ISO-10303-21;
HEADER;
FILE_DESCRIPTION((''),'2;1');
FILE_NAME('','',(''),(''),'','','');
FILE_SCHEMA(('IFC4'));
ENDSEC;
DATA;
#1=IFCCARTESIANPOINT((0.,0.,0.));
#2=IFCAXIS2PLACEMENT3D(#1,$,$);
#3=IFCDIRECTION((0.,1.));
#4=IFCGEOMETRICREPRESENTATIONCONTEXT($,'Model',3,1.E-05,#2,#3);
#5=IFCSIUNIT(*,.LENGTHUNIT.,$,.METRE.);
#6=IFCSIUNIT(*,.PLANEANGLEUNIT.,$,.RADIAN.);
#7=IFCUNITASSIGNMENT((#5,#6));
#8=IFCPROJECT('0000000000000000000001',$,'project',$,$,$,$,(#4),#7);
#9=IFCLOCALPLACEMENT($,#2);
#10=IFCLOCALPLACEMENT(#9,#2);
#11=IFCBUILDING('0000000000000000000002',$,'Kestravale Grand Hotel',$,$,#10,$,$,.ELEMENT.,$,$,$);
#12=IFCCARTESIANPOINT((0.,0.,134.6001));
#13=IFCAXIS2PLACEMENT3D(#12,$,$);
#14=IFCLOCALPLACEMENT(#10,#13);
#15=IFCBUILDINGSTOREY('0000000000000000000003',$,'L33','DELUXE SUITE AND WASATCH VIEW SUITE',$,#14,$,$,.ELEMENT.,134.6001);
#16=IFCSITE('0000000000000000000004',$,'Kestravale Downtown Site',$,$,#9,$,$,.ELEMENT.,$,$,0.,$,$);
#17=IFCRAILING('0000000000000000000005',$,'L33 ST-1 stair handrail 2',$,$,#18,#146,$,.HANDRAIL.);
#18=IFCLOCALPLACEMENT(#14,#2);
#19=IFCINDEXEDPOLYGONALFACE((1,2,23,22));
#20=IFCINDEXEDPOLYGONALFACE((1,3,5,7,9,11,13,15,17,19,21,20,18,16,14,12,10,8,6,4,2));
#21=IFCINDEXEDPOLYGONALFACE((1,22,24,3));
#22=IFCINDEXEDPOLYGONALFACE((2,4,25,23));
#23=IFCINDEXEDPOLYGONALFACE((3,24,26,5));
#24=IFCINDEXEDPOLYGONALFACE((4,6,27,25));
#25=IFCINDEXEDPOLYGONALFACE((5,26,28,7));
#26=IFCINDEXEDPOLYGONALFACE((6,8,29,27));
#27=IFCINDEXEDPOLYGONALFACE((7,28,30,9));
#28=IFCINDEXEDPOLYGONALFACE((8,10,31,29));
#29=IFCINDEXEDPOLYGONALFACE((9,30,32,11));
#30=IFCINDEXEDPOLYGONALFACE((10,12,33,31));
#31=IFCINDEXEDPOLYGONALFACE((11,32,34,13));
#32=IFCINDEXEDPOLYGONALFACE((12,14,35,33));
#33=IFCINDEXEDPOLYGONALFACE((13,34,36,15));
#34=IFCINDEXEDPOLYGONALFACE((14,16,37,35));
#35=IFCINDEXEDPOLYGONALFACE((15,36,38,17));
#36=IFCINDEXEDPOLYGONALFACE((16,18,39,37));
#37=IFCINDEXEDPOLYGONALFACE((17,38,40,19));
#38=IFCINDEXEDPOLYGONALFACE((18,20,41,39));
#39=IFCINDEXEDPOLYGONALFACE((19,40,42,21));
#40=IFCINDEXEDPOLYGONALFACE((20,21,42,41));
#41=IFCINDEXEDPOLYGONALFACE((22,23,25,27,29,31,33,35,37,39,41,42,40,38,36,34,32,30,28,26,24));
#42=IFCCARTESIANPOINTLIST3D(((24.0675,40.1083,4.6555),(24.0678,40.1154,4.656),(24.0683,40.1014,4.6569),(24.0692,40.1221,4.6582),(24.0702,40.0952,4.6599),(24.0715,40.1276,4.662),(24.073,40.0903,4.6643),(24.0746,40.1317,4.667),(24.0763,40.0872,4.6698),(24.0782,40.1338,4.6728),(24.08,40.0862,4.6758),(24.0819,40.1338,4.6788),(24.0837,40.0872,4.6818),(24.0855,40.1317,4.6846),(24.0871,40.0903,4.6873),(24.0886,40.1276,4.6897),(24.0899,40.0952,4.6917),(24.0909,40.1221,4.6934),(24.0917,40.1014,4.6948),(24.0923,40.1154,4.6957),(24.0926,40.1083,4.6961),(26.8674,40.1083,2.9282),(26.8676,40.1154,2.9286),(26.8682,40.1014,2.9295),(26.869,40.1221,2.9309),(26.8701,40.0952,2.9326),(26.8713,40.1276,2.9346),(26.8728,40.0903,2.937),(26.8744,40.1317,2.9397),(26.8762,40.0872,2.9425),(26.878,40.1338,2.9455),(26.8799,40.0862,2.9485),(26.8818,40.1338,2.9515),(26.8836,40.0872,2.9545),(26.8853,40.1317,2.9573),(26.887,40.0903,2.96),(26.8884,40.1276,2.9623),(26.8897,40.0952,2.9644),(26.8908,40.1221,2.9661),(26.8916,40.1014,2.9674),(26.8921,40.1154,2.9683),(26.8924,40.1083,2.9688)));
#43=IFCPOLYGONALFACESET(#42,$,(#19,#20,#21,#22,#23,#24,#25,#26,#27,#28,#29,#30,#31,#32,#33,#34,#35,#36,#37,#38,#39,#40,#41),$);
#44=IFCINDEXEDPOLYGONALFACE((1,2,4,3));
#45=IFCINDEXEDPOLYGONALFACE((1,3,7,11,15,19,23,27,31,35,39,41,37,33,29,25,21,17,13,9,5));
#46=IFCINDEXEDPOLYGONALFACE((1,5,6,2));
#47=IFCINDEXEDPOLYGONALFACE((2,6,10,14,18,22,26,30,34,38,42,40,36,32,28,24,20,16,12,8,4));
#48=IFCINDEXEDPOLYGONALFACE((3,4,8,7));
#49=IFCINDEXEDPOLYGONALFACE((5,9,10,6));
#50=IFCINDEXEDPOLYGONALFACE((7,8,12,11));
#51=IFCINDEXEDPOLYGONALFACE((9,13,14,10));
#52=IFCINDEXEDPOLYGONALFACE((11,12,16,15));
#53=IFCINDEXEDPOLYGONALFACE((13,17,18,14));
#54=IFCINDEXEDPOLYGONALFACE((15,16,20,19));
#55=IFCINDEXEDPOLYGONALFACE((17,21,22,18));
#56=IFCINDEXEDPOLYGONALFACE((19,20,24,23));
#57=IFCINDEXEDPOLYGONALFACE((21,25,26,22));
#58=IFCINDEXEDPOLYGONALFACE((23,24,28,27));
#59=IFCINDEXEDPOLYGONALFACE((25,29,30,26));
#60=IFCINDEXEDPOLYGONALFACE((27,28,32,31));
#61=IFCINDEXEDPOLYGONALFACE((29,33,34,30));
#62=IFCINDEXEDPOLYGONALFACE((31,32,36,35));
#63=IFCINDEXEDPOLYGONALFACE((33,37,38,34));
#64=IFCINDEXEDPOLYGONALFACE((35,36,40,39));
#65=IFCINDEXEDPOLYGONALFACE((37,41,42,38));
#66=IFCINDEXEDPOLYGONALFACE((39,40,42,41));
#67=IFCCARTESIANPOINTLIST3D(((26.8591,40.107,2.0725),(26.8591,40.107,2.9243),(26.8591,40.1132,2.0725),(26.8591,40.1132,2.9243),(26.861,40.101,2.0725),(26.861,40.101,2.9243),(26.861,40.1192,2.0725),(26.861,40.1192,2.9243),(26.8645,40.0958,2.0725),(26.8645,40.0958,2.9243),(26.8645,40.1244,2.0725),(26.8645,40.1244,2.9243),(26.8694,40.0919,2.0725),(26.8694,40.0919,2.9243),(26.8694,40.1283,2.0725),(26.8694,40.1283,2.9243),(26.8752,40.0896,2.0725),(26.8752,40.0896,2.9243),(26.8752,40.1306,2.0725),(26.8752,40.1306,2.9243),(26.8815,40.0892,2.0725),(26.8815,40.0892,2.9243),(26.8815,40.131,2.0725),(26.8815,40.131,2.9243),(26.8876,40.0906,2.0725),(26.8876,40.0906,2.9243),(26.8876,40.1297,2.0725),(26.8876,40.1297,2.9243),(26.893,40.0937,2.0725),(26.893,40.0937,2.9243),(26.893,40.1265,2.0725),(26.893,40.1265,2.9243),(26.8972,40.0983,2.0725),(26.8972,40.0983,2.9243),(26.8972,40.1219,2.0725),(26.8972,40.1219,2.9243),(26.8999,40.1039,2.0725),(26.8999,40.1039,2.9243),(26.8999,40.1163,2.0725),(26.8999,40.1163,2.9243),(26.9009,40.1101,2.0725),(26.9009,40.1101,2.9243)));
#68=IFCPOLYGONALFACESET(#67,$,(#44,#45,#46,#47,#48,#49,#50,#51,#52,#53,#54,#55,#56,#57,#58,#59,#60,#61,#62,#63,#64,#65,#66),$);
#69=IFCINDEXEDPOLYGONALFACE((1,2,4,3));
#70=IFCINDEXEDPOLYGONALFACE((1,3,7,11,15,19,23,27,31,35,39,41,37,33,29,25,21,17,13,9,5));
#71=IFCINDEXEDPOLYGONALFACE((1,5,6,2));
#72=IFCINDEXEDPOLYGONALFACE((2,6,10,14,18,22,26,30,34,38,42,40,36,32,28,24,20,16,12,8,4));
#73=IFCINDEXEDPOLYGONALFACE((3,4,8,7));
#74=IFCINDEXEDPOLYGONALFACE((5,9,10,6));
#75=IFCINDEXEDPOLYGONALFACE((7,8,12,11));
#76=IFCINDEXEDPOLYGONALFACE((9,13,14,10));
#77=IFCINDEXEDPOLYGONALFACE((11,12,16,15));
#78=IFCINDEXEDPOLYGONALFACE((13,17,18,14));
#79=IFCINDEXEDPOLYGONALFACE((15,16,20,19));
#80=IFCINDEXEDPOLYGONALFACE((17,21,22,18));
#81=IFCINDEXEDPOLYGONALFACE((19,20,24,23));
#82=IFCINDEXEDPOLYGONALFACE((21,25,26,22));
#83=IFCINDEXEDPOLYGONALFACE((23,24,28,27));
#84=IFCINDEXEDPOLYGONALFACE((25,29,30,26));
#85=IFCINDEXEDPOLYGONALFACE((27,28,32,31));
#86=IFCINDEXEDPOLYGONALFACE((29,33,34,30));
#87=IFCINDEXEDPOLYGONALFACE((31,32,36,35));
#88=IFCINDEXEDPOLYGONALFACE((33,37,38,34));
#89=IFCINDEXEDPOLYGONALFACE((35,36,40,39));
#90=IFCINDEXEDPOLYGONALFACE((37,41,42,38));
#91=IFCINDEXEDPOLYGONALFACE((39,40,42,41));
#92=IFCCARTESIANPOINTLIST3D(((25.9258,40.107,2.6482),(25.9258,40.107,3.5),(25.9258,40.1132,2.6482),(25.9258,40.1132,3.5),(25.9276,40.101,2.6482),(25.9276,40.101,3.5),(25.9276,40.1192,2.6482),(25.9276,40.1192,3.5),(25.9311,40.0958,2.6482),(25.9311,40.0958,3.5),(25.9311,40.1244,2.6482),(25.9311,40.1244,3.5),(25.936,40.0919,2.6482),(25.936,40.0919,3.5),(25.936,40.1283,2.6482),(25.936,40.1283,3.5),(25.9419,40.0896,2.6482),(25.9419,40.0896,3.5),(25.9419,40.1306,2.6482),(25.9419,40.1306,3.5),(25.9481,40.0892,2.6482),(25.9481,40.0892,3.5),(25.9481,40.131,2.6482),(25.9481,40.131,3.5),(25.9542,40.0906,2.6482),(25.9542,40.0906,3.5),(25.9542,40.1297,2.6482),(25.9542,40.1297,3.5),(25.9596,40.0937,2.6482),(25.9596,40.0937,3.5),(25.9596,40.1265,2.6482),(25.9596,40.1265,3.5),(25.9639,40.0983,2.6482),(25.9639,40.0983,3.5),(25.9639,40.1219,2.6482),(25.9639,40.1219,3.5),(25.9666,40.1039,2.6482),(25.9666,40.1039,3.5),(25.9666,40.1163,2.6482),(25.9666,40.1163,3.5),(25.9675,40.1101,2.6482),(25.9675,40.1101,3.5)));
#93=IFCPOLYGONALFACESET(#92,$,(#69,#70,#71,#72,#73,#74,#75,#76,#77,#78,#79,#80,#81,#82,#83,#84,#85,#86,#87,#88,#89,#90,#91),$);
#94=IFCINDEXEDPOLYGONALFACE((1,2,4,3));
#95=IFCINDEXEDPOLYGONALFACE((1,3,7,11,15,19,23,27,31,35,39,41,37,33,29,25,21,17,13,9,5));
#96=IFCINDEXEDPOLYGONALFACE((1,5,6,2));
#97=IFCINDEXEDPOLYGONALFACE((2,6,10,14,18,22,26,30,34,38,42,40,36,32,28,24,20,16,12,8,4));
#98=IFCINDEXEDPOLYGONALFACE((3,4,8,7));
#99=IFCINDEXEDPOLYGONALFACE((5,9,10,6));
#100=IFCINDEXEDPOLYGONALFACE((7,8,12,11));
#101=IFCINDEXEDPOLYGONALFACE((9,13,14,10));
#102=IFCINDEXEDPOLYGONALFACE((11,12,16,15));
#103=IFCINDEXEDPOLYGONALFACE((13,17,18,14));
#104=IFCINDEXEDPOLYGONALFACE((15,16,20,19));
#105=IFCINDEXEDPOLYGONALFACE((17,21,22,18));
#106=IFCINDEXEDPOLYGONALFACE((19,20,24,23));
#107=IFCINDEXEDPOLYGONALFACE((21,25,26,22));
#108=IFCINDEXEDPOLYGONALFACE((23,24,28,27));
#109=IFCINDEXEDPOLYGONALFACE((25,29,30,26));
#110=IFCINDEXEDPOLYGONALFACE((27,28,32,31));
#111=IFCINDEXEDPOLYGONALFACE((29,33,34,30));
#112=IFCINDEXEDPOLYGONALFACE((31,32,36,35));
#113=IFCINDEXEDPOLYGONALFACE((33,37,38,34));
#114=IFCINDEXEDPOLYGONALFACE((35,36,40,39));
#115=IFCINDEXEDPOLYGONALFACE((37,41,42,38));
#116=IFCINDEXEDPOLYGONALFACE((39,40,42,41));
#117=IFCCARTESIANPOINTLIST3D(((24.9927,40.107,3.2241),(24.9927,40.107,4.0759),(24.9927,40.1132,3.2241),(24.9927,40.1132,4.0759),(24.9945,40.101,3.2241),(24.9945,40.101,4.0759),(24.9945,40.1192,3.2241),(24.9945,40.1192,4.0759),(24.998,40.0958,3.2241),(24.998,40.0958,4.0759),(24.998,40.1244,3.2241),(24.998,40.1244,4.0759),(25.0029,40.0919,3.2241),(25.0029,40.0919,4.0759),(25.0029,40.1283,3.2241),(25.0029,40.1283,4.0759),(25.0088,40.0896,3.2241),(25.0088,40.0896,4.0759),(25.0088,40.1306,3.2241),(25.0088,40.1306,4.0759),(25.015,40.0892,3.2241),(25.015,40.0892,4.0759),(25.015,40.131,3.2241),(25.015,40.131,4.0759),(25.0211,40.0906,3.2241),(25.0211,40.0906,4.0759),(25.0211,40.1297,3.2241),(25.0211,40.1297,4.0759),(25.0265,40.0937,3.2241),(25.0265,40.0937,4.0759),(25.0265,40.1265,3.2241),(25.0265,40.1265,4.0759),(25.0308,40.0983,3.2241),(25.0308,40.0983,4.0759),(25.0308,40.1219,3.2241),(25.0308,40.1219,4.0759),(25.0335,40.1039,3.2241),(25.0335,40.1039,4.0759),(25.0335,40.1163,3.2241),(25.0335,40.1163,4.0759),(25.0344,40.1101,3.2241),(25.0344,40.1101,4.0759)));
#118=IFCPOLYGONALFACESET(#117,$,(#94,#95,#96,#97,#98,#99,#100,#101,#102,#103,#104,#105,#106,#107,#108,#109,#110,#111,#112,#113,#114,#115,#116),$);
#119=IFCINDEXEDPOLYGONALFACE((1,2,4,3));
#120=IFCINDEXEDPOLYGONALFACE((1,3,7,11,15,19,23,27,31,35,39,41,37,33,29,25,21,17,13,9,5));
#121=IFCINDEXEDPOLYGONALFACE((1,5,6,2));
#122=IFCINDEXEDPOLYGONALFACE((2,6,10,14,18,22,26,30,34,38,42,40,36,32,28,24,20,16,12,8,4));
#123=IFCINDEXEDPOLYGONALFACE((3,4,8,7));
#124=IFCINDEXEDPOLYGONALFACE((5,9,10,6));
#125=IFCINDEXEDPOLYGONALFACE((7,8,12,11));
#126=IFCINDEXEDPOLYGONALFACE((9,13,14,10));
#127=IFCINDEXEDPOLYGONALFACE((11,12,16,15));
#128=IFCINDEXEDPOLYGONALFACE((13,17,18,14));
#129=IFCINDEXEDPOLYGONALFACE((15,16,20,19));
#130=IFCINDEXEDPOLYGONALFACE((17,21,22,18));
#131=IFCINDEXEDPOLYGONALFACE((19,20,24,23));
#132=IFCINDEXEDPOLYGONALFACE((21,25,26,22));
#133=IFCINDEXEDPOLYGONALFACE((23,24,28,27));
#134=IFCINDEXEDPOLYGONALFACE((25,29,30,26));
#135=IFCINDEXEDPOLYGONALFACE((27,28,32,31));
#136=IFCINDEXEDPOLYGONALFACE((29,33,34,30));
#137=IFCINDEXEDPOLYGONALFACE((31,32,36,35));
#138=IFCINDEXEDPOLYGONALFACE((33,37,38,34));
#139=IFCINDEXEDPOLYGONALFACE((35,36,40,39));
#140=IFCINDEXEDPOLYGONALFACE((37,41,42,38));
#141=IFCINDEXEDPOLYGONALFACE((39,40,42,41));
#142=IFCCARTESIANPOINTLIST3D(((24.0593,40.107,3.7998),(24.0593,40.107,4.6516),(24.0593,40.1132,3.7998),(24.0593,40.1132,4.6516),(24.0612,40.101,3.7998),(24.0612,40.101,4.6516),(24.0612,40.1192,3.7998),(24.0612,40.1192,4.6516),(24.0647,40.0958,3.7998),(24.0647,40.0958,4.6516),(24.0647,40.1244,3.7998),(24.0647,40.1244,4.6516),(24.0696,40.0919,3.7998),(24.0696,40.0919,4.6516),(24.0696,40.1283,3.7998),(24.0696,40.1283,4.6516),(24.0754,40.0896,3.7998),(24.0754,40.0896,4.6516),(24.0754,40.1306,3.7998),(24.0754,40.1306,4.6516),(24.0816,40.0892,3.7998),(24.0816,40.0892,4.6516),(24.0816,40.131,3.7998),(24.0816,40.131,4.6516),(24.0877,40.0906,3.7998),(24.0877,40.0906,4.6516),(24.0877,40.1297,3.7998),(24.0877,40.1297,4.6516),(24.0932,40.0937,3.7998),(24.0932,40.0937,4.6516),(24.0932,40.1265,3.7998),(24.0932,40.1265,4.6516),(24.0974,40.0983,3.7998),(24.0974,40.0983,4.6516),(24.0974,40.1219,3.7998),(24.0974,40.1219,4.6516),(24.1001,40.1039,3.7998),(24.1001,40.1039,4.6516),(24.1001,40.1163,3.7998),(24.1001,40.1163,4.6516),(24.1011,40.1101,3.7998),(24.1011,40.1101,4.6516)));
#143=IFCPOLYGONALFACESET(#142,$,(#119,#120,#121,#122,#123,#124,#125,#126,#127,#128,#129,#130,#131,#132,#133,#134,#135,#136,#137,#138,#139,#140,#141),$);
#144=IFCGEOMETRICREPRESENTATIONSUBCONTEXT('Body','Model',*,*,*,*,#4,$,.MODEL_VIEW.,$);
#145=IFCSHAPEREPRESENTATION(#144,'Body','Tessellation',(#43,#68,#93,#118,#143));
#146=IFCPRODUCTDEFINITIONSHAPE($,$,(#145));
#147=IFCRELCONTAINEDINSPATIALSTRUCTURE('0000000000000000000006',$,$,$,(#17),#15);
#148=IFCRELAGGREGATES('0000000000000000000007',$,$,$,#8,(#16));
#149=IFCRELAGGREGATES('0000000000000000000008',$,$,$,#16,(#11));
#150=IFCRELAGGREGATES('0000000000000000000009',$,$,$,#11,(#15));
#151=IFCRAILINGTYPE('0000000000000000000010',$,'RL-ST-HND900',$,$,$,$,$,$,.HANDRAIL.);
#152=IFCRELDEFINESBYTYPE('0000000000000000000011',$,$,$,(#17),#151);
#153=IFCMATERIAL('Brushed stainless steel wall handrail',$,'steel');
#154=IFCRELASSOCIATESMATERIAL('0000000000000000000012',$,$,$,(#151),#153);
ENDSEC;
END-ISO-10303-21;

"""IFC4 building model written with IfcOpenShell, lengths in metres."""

from ifc_helpers import new_model, si_unit, direction, frame, origin, origin_2d, place, context, subcontext, project, spatial, circle, extrude, material, type_object, element, save


model = new_model("IFC4")

# Units and contexts
model_context = context("Model", 3, precision=1e-05, world=origin(), true_north=direction((0.0, 1.0)))
body_context = subcontext(model_context, "Body", "Model", "MODEL_VIEW")
ifc_project = project(units=[si_unit("LENGTHUNIT", "METRE"), si_unit("PLANEANGLEUNIT", "RADIAN")], contexts=[model_context])

# Site, building, storey
site_placement = place(None, origin())
site = spatial("IfcSite", under=ifc_project, at=site_placement, Name="Kestravale Downtown Site", CompositionType="ELEMENT", RefElevation=0.0)
building_placement = place(site_placement, origin())
building = spatial("IfcBuilding", under=site, at=building_placement, Name="Kestravale Grand Hotel", CompositionType="ELEMENT")
storey_placement = place(building_placement, frame((0.0, 0.0, 134.6001)))
storey = spatial("IfcBuildingStorey", under=building, at=storey_placement, Name="L33", Description="DELUXE SUITE AND WASATCH VIEW SUITE", CompositionType="ELEMENT", Elevation=134.6001)

# Railing
ifc_material_1 = material(Name="Brushed stainless steel wall handrail", Category="steel")
railing_type_1 = type_object("IfcRailingType", Name="RL-ST-HND900", PredefinedType="HANDRAIL", material=ifc_material_1)
railing_1_placement = place(storey_placement, frame((26.8799, 40.1101, 2.0725)))
element("IfcRailing", 1, at=railing_1_placement, inside=storey, type_object=railing_type_1, Name="L33 ST-1 stair handrail 2", PredefinedType="HANDRAIL", context=body_context, shape_type="SweptSolid", body=[
    extrude(circle(Radius=0.0239, at=origin_2d()), frame((0.0, 0.0, 0.876), z_axis=(-0.851069, 0.0, 0.525054), x_axis=(0.0, -1.0, 0.0)), (0.0, 0.0, 1.0), 3.2898),
    extrude(circle(Radius=0.021, at=origin_2d()), origin(), (0.0, 0.0, 1.0), 0.8518),
    extrude(circle(Radius=0.021, at=origin_2d()), frame((-0.9333, 0.0, 0.5757)), (0.0, 0.0, 1.0), 0.8518),
    extrude(circle(Radius=0.021, at=origin_2d()), frame((-1.8665, 0.0, 1.1516)), (0.0, 0.0, 1.0), 0.8518),
    extrude(circle(Radius=0.021, at=origin_2d()), frame((-2.7998, 0.0, 1.7273)), (0.0, 0.0, 1.0), 0.8518),
])

save(model, "model.ifc")
